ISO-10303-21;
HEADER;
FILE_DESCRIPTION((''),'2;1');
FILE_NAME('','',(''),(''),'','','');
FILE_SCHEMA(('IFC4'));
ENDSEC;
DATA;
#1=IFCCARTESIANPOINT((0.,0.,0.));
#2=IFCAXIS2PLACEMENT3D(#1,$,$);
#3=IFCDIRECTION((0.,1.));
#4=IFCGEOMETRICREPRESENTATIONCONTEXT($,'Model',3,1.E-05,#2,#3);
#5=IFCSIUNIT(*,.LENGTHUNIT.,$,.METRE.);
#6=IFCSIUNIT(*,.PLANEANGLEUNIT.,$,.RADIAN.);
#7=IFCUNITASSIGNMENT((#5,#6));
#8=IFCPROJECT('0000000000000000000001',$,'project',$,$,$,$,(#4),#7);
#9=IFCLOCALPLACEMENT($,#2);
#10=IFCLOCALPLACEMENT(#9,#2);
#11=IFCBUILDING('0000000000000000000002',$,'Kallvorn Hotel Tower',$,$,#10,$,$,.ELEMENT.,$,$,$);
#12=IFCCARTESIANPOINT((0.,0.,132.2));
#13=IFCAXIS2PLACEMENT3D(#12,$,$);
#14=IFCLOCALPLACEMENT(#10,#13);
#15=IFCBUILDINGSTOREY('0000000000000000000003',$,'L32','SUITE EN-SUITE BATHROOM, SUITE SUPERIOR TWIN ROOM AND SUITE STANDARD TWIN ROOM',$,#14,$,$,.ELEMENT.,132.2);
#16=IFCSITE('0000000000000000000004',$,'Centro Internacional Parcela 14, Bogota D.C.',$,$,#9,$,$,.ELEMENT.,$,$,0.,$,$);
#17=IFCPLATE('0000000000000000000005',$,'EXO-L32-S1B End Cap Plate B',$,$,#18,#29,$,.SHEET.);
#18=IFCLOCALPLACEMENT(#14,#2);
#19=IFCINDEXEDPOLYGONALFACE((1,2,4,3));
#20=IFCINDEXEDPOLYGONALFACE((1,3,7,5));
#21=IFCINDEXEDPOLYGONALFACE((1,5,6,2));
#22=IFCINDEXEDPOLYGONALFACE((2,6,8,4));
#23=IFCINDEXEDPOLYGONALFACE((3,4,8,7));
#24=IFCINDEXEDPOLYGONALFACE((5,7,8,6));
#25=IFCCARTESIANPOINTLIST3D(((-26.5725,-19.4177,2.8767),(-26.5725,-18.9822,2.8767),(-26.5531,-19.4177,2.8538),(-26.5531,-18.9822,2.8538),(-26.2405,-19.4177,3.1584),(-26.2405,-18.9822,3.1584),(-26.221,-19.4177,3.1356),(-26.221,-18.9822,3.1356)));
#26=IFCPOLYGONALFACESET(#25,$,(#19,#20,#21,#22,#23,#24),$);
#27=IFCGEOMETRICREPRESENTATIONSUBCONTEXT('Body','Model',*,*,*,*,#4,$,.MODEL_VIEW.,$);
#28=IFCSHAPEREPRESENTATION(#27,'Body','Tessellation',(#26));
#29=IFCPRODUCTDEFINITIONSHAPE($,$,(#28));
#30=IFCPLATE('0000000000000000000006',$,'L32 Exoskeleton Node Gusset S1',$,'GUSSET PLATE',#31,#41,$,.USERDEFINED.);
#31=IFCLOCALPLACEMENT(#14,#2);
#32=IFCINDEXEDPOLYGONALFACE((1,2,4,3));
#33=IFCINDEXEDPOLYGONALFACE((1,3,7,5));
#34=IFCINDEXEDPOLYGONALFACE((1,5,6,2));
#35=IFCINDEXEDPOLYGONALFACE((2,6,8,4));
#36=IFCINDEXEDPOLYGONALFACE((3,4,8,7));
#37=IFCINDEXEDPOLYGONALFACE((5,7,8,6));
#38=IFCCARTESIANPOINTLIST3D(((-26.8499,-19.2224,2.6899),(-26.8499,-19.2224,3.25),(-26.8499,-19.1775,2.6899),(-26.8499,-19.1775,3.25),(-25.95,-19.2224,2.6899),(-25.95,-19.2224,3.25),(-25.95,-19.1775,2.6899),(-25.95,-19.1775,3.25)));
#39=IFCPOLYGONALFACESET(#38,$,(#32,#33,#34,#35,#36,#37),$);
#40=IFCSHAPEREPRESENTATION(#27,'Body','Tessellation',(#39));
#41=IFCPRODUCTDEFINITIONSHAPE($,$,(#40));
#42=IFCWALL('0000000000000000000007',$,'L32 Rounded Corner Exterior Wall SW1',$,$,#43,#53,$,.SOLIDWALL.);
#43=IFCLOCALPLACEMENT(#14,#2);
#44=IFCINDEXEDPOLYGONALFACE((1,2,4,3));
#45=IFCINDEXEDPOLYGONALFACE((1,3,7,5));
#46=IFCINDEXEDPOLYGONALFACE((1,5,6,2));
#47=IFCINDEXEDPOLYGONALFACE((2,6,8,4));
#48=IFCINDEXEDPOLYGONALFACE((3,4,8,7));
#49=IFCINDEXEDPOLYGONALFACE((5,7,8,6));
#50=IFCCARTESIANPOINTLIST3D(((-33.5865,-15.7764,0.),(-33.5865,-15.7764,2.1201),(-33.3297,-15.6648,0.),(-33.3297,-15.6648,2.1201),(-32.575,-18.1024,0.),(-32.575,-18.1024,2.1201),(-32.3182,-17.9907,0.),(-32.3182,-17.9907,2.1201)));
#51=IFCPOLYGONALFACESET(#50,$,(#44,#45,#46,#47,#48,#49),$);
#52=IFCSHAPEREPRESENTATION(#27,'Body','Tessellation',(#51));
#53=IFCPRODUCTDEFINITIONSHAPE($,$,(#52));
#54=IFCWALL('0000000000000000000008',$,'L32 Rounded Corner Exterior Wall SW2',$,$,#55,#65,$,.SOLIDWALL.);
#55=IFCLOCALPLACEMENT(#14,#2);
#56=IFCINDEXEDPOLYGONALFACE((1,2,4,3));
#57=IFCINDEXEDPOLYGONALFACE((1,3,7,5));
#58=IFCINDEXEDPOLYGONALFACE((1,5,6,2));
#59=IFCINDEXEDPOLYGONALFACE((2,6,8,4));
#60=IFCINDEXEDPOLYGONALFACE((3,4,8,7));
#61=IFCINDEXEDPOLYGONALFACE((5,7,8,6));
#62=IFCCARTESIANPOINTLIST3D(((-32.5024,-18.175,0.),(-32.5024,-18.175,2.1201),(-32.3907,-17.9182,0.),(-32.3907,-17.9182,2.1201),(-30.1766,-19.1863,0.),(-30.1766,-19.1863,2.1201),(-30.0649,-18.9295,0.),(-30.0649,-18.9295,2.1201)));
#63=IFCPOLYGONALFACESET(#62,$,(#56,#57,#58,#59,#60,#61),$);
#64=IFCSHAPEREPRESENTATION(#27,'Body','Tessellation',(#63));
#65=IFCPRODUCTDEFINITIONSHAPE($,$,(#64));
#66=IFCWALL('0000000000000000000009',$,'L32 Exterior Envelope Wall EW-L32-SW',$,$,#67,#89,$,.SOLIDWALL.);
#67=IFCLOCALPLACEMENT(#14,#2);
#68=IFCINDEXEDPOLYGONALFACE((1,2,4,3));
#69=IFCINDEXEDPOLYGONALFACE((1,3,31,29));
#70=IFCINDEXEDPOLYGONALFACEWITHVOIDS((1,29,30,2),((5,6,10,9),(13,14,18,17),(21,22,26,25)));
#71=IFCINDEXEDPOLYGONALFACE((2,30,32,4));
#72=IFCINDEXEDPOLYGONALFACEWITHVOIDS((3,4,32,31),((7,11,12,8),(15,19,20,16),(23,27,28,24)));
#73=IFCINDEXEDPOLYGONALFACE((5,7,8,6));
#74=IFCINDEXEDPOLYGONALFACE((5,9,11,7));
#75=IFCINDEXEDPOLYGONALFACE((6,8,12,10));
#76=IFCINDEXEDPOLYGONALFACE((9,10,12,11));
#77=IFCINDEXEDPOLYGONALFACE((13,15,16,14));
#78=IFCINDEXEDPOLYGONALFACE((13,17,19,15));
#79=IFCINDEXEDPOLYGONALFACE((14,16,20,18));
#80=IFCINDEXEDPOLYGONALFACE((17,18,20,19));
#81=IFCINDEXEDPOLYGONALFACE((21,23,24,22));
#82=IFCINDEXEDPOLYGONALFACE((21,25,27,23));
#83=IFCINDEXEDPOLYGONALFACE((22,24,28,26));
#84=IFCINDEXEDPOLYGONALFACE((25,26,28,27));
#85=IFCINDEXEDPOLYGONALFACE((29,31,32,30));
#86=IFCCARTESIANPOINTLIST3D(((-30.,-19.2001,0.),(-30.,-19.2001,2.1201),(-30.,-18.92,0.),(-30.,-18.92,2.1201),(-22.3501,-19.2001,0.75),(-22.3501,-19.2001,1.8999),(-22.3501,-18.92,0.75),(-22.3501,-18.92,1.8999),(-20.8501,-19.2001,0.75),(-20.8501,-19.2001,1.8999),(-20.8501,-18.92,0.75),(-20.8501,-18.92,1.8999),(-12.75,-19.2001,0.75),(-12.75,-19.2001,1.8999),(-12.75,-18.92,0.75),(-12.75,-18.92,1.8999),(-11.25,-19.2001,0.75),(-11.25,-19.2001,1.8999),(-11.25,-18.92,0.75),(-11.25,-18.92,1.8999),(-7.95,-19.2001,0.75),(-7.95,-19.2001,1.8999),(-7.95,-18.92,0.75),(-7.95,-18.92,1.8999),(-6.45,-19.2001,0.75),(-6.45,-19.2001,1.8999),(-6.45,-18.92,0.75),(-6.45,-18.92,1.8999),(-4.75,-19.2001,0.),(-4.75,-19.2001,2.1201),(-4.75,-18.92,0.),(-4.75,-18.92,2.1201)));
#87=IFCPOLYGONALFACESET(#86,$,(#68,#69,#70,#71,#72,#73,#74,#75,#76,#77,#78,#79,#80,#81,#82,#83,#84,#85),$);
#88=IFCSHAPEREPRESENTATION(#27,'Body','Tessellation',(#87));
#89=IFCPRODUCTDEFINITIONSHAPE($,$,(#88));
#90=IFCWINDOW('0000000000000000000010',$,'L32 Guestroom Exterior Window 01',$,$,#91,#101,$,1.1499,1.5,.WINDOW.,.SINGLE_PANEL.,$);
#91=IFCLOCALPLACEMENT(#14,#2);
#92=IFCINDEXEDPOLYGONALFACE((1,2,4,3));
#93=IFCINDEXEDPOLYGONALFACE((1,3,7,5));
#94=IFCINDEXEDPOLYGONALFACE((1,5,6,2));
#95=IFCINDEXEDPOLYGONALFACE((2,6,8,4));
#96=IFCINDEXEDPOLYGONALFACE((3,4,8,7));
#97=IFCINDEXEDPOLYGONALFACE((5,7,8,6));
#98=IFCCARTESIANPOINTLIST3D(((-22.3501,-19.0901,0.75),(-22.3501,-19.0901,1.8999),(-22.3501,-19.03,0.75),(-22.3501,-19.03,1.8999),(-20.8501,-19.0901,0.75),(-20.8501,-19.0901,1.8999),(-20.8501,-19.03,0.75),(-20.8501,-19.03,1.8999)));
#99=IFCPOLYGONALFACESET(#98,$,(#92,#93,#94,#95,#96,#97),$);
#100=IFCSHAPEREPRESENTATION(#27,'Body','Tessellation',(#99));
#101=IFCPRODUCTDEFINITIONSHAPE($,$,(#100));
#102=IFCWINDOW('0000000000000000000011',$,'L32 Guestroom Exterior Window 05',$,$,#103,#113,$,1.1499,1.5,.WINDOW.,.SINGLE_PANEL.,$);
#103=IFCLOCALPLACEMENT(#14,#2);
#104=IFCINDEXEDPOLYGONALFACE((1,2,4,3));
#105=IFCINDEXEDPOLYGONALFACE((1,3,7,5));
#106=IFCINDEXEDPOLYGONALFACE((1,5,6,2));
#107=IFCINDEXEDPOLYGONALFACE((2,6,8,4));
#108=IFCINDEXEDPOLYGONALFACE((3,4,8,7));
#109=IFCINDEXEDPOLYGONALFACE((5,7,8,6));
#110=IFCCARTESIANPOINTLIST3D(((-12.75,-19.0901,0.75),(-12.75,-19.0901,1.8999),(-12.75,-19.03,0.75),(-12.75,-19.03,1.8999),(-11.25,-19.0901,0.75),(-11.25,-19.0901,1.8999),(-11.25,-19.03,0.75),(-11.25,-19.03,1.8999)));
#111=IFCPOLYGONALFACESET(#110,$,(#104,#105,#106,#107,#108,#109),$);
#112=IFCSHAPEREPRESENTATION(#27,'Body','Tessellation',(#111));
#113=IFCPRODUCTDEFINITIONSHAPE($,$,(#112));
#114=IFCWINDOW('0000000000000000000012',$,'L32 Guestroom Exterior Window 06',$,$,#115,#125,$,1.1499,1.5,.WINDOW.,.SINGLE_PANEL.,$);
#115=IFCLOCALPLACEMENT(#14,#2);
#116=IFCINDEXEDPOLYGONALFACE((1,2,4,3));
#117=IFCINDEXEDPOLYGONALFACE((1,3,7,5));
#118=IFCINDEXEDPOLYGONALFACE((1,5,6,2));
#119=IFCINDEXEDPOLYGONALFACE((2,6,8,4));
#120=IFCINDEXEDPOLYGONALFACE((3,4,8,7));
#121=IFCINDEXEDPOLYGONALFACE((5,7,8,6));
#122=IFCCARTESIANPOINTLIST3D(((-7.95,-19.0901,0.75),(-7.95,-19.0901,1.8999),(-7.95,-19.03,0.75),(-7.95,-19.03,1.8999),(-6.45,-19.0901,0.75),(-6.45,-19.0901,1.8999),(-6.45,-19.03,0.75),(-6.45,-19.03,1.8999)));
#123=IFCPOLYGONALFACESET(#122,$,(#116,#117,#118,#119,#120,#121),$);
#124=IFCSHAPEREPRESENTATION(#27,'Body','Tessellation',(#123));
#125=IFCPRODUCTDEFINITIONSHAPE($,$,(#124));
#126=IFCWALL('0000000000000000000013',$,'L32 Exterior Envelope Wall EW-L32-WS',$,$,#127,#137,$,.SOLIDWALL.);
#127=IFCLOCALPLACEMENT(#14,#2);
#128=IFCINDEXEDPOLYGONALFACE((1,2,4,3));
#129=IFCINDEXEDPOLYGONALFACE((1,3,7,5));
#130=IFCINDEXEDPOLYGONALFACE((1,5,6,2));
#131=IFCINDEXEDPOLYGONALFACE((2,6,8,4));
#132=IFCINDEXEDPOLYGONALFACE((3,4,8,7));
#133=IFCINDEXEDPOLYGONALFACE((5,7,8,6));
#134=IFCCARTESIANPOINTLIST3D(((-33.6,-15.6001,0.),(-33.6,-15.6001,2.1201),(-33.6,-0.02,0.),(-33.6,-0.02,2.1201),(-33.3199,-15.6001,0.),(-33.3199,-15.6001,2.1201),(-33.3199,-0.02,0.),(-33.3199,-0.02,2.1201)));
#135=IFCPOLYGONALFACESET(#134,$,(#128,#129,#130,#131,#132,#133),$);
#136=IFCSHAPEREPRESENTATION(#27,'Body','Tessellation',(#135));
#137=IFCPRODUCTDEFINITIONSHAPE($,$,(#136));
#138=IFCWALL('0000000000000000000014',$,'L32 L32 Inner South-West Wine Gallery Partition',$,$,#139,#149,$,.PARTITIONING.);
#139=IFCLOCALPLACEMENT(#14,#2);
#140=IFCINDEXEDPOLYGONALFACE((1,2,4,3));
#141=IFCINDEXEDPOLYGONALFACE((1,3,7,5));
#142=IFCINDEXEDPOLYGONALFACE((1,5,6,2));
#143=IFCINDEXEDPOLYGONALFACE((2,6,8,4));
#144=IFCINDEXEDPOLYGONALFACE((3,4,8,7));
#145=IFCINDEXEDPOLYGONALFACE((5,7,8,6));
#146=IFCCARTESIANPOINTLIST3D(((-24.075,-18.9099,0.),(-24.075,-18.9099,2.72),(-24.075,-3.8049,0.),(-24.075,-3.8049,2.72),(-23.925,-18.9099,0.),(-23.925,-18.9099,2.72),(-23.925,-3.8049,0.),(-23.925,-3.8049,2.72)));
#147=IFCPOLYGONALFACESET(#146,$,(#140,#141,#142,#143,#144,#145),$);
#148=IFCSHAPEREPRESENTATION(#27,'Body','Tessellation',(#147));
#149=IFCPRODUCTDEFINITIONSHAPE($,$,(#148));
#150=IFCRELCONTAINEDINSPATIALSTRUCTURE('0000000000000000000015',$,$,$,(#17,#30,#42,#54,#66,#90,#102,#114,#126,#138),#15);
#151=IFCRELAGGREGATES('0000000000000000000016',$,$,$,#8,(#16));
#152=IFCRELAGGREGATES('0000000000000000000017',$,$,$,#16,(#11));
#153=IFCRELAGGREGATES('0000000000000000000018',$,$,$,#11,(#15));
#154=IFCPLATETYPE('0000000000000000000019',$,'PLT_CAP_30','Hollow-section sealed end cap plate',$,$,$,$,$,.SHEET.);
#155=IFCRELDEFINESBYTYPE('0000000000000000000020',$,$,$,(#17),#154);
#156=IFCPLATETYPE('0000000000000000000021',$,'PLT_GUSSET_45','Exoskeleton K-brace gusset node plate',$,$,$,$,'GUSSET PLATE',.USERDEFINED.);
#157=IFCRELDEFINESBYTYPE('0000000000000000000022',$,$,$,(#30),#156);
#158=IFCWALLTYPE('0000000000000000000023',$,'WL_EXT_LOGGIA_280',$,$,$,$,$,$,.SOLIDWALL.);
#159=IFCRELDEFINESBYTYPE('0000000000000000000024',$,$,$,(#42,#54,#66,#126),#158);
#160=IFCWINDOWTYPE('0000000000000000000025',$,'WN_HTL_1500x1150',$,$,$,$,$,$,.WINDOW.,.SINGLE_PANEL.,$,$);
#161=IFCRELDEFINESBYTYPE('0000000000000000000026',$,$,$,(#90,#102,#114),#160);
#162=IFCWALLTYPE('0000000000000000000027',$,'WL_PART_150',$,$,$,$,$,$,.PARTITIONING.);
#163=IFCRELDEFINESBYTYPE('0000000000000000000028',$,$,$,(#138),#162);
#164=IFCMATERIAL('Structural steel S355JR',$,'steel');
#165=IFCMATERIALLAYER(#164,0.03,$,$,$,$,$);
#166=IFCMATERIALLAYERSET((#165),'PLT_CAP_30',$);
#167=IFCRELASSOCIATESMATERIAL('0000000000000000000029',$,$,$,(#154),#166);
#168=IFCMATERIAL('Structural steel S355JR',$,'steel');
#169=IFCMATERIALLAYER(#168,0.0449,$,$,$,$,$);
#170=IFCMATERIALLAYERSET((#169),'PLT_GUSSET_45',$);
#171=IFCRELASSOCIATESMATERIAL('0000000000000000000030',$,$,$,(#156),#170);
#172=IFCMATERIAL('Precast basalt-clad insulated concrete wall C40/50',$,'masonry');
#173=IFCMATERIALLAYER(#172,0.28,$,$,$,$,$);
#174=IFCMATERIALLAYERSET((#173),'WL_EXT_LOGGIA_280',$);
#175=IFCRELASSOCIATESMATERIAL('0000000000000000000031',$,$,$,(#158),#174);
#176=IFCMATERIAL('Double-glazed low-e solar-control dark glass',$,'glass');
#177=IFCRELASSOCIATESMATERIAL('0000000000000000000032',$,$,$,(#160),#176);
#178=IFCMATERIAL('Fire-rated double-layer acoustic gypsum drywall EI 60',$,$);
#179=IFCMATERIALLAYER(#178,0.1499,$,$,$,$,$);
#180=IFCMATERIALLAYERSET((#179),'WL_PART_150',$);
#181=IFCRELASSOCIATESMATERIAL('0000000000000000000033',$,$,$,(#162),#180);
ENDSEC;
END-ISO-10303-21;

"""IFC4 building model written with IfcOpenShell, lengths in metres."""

from ifc_helpers import new_model, si_unit, direction, frame, frame_2d, origin, origin_2d, place, context, subcontext, project, spatial, polyline, rectangle, outline, extrude, material, layer, layer_set, type_object, element, fill, save


model = new_model("IFC4")

# Units and contexts
model_context = context("Model", 3, precision=1e-05, world=origin(), true_north=direction((0.0, 1.0)))
body_context = subcontext(model_context, "Body", "Model", "MODEL_VIEW")
ifc_project = project(units=[si_unit("LENGTHUNIT", "METRE"), si_unit("PLANEANGLEUNIT", "RADIAN")], contexts=[model_context])

# Site, building, storey
site_placement = place(None, origin())
site = spatial("IfcSite", under=ifc_project, at=site_placement, Name="Centro Internacional Parcela 14, Bogota D.C.", CompositionType="ELEMENT", RefElevation=0.0)
building_placement = place(site_placement, origin())
building = spatial("IfcBuilding", under=site, at=building_placement, Name="Kallvorn Hotel Tower", CompositionType="ELEMENT")
storey_placement = place(building_placement, frame((0.0, 0.0, 132.2)))
storey = spatial("IfcBuildingStorey", under=building, at=storey_placement, Name="L32", Description="SUITE EN-SUITE BATHROOM, SUITE SUPERIOR TWIN ROOM AND SUITE STANDARD TWIN ROOM", CompositionType="ELEMENT", Elevation=132.2)

# Plates
ifc_material_1 = material(Name="Structural steel S355JR", Category="steel")
ifc_layer_1 = layer(ifc_material_1, 0.03)
ifc_layer_set_1 = layer_set([ifc_layer_1], Name="PLT_CAP_30")
plate_type_1 = type_object("IfcPlateType", Name="PLT_CAP_30", Description="Hollow-section sealed end cap plate", PredefinedType="SHEET", material=ifc_layer_set_1)
plate_1_placement = place(storey_placement, frame((-26.5725, -18.9822, 2.8767), z_axis=(-0.646997, 0.0, 0.762492), x_axis=(0.0, -1.0, 0.0)))
element("IfcPlate", 1, at=plate_1_placement, inside=storey, type_object=plate_type_1, Name="EXO-L32-S1B End Cap Plate B", PredefinedType="SHEET", context=body_context, shape_type="SweptSolid", body=[
    extrude(outline(polyline([(0.0, 0.0), (0.4355, 0.0), (0.4355, 0.4355), (0.0, 0.4355), (0.0, 0.0)])), origin(), (0.0, 0.0, -1.0), 0.03),
])
ifc_material_2 = material(Name="Structural steel S355JR", Category="steel")
ifc_layer_2 = layer(ifc_material_2, 0.0449)
ifc_layer_set_2 = layer_set([ifc_layer_2], Name="PLT_GUSSET_45")
plate_type_2 = type_object("IfcPlateType", Name="PLT_GUSSET_45", Description="Exoskeleton K-brace gusset node plate", ElementType="GUSSET PLATE", PredefinedType="USERDEFINED", material=ifc_layer_set_2)
plate_2_placement = place(storey_placement, frame((-26.3999, -19.2, 2.6899), z_axis=(0.0, 0.0, 1.0), x_axis=(1.0, 0.0, 0.0)))
element("IfcPlate", 2, at=plate_2_placement, inside=storey, type_object=plate_type_2, Name="L32 Exoskeleton Node Gusset S1", ObjectType="GUSSET PLATE", PredefinedType="USERDEFINED", context=body_context, shape_type="SweptSolid", body=[
    extrude(rectangle(XDim=0.8999, YDim=0.0449, at=origin_2d()), origin(), (0.0, 0.0, 1.0), 0.5601),
])

# Walls
ifc_material_3 = material(Name="Precast basalt-clad insulated concrete wall C40/50", Category="masonry")
ifc_layer_3 = layer(ifc_material_3, 0.28)
ifc_layer_set_3 = layer_set([ifc_layer_3], Name="WL_EXT_LOGGIA_280")
wall_type_1 = type_object("IfcWallType", Name="WL_EXT_LOGGIA_280", PredefinedType="SOLIDWALL", material=ifc_layer_set_3)
wall_1_placement = place(storey_placement, frame((-33.458, -15.7207, 0.0), z_axis=(0.0, 0.0, 1.0), x_axis=(0.398793, -0.917041, 0.0)))
element("IfcWall", 3, at=wall_1_placement, inside=storey, type_object=wall_type_1, Name="L32 Rounded Corner Exterior Wall SW1", PredefinedType="SOLIDWALL", context=body_context, shape_type="SweptSolid", body=[
    extrude(rectangle(XDim=2.5364, YDim=0.28, at=frame_2d((1.2681, 0.0))), origin(), (0.0, 0.0, 1.0), 2.1201),
])
wall_2_placement = place(storey_placement, frame((-32.4465, -18.0466, 0.0), z_axis=(0.0, 0.0, 1.0), x_axis=(0.917061, -0.398747, 0.0)))
element("IfcWall", 4, at=wall_2_placement, inside=storey, type_object=wall_type_1, Name="L32 Rounded Corner Exterior Wall SW2", PredefinedType="SOLIDWALL", context=body_context, shape_type="SweptSolid", body=[
    extrude(rectangle(XDim=2.5361, YDim=0.28, at=frame_2d((1.2681, 0.0))), origin(), (0.0, 0.0, 1.0), 2.1201),
])

# Wall, openings, windows
wall_3_placement = place(storey_placement, frame((-30.0, -19.0601, 0.0), z_axis=(0.0, 0.0, 1.0), x_axis=(1.0, 0.0, 0.0)))
wall_3 = element("IfcWall", 5, at=wall_3_placement, inside=storey, type_object=wall_type_1, Name="L32 Exterior Envelope Wall EW-L32-SW", PredefinedType="SOLIDWALL", context=body_context, shape_type="SweptSolid", body=[
    extrude(rectangle(XDim=25.25, YDim=0.28, at=frame_2d((12.625, 0.0))), origin(), (0.0, 0.0, 1.0), 2.1201),
])
opening_1_placement = place(wall_3_placement, frame((7.6499, 0.0, 0.75)))
opening_1 = element("IfcOpeningElement", 6, at=opening_1_placement, cuts=wall_3, PredefinedType="OPENING", context=body_context, shape_type="SweptSolid", body=[
    extrude(rectangle(XDim=1.5, YDim=1.1499, at=frame_2d((0.75, 0.575))), frame((0.0, 0.155, 0.0), z_axis=(0.0, -1.0, 0.0), x_axis=(1.0, 0.0, 0.0)), (0.0, 0.0, 1.0), 0.3101),
])
opening_2_placement = place(wall_3_placement, frame((17.25, 0.0, 0.75)))
opening_2 = element("IfcOpeningElement", 7, at=opening_2_placement, cuts=wall_3, PredefinedType="OPENING", context=body_context, shape_type="SweptSolid", body=[
    extrude(rectangle(XDim=1.5, YDim=1.1499, at=frame_2d((0.75, 0.575))), frame((0.0, 0.155, 0.0), z_axis=(0.0, -1.0, 0.0), x_axis=(1.0, 0.0, 0.0)), (0.0, 0.0, 1.0), 0.3101),
])
opening_3_placement = place(wall_3_placement, frame((22.05, 0.0, 0.75)))
opening_3 = element("IfcOpeningElement", 8, at=opening_3_placement, cuts=wall_3, PredefinedType="OPENING", context=body_context, shape_type="SweptSolid", body=[
    extrude(rectangle(XDim=1.5, YDim=1.1499, at=frame_2d((0.75, 0.575))), frame((0.0, 0.155, 0.0), z_axis=(0.0, -1.0, 0.0), x_axis=(1.0, 0.0, 0.0)), (0.0, 0.0, 1.0), 0.3101),
])
ifc_material_4 = material(Name="Double-glazed low-e solar-control dark glass", Category="glass")
window_type = type_object("IfcWindowType", Name="WN_HTL_1500x1150", PartitioningType="SINGLE_PANEL", PredefinedType="WINDOW", material=ifc_material_4)
window_1_placement = place(opening_1_placement, origin())
window_1 = element("IfcWindow", 9, at=window_1_placement, inside=storey, type_object=window_type, Name="L32 Guestroom Exterior Window 01", OverallHeight=1.1499, OverallWidth=1.5, PartitioningType="SINGLE_PANEL", PredefinedType="WINDOW", context=body_context, shape_type="SweptSolid", body=[
    extrude(rectangle(XDim=1.5, YDim=1.1499, at=frame_2d((0.75, 0.575))), frame((0.0, 0.03, 0.0), z_axis=(0.0, -1.0, 0.0), x_axis=(1.0, 0.0, 0.0)), (0.0, 0.0, 1.0), 0.0601),
])
fill(opening_1, window_1)
window_2_placement = place(opening_2_placement, origin())
window_2 = element("IfcWindow", 10, at=window_2_placement, inside=storey, type_object=window_type, Name="L32 Guestroom Exterior Window 05", OverallHeight=1.1499, OverallWidth=1.5, PartitioningType="SINGLE_PANEL", PredefinedType="WINDOW", context=body_context, shape_type="SweptSolid", body=[
    extrude(rectangle(XDim=1.5, YDim=1.1499, at=frame_2d((0.75, 0.575))), frame((0.0, 0.03, 0.0), z_axis=(0.0, -1.0, 0.0), x_axis=(1.0, 0.0, 0.0)), (0.0, 0.0, 1.0), 0.0601),
])
fill(opening_2, window_2)
window_3_placement = place(opening_3_placement, origin())
window_3 = element("IfcWindow", 11, at=window_3_placement, inside=storey, type_object=window_type, Name="L32 Guestroom Exterior Window 06", OverallHeight=1.1499, OverallWidth=1.5, PartitioningType="SINGLE_PANEL", PredefinedType="WINDOW", context=body_context, shape_type="SweptSolid", body=[
    extrude(rectangle(XDim=1.5, YDim=1.1499, at=frame_2d((0.75, 0.575))), frame((0.0, 0.03, 0.0), z_axis=(0.0, -1.0, 0.0), x_axis=(1.0, 0.0, 0.0)), (0.0, 0.0, 1.0), 0.0601),
])
fill(opening_3, window_3)

# Walls
wall_4_placement = place(storey_placement, frame((-33.46, -15.6001, 0.0), z_axis=(0.0, 0.0, 1.0), x_axis=(0.0, 1.0, 0.0)))
element("IfcWall", 12, at=wall_4_placement, inside=storey, type_object=wall_type_1, Name="L32 Exterior Envelope Wall EW-L32-WS", PredefinedType="SOLIDWALL", context=body_context, shape_type="SweptSolid", body=[
    extrude(rectangle(XDim=15.5801, YDim=0.28, at=frame_2d((7.79, 0.0))), origin(), (0.0, 0.0, 1.0), 2.1201),
])
ifc_material_5 = material(Name="Fire-rated double-layer acoustic gypsum drywall EI 60")
ifc_layer_4 = layer(ifc_material_5, 0.1499)
ifc_layer_set_4 = layer_set([ifc_layer_4], Name="WL_PART_150")
wall_type_2 = type_object("IfcWallType", Name="WL_PART_150", PredefinedType="PARTITIONING", material=ifc_layer_set_4)
wall_5_placement = place(storey_placement, frame((-24.0, -18.9099, 0.0), z_axis=(0.0, 0.0, 1.0), x_axis=(0.0, 1.0, 0.0)))
element("IfcWall", 13, at=wall_5_placement, inside=storey, type_object=wall_type_2, Name="L32 L32 Inner South-West Wine Gallery Partition", PredefinedType="PARTITIONING", context=body_context, shape_type="SweptSolid", body=[
    extrude(rectangle(XDim=15.105, YDim=0.1499, at=frame_2d((7.5525, 0.0))), origin(), (0.0, 0.0, 1.0), 2.72),
])

save(model, "model.ifc")
